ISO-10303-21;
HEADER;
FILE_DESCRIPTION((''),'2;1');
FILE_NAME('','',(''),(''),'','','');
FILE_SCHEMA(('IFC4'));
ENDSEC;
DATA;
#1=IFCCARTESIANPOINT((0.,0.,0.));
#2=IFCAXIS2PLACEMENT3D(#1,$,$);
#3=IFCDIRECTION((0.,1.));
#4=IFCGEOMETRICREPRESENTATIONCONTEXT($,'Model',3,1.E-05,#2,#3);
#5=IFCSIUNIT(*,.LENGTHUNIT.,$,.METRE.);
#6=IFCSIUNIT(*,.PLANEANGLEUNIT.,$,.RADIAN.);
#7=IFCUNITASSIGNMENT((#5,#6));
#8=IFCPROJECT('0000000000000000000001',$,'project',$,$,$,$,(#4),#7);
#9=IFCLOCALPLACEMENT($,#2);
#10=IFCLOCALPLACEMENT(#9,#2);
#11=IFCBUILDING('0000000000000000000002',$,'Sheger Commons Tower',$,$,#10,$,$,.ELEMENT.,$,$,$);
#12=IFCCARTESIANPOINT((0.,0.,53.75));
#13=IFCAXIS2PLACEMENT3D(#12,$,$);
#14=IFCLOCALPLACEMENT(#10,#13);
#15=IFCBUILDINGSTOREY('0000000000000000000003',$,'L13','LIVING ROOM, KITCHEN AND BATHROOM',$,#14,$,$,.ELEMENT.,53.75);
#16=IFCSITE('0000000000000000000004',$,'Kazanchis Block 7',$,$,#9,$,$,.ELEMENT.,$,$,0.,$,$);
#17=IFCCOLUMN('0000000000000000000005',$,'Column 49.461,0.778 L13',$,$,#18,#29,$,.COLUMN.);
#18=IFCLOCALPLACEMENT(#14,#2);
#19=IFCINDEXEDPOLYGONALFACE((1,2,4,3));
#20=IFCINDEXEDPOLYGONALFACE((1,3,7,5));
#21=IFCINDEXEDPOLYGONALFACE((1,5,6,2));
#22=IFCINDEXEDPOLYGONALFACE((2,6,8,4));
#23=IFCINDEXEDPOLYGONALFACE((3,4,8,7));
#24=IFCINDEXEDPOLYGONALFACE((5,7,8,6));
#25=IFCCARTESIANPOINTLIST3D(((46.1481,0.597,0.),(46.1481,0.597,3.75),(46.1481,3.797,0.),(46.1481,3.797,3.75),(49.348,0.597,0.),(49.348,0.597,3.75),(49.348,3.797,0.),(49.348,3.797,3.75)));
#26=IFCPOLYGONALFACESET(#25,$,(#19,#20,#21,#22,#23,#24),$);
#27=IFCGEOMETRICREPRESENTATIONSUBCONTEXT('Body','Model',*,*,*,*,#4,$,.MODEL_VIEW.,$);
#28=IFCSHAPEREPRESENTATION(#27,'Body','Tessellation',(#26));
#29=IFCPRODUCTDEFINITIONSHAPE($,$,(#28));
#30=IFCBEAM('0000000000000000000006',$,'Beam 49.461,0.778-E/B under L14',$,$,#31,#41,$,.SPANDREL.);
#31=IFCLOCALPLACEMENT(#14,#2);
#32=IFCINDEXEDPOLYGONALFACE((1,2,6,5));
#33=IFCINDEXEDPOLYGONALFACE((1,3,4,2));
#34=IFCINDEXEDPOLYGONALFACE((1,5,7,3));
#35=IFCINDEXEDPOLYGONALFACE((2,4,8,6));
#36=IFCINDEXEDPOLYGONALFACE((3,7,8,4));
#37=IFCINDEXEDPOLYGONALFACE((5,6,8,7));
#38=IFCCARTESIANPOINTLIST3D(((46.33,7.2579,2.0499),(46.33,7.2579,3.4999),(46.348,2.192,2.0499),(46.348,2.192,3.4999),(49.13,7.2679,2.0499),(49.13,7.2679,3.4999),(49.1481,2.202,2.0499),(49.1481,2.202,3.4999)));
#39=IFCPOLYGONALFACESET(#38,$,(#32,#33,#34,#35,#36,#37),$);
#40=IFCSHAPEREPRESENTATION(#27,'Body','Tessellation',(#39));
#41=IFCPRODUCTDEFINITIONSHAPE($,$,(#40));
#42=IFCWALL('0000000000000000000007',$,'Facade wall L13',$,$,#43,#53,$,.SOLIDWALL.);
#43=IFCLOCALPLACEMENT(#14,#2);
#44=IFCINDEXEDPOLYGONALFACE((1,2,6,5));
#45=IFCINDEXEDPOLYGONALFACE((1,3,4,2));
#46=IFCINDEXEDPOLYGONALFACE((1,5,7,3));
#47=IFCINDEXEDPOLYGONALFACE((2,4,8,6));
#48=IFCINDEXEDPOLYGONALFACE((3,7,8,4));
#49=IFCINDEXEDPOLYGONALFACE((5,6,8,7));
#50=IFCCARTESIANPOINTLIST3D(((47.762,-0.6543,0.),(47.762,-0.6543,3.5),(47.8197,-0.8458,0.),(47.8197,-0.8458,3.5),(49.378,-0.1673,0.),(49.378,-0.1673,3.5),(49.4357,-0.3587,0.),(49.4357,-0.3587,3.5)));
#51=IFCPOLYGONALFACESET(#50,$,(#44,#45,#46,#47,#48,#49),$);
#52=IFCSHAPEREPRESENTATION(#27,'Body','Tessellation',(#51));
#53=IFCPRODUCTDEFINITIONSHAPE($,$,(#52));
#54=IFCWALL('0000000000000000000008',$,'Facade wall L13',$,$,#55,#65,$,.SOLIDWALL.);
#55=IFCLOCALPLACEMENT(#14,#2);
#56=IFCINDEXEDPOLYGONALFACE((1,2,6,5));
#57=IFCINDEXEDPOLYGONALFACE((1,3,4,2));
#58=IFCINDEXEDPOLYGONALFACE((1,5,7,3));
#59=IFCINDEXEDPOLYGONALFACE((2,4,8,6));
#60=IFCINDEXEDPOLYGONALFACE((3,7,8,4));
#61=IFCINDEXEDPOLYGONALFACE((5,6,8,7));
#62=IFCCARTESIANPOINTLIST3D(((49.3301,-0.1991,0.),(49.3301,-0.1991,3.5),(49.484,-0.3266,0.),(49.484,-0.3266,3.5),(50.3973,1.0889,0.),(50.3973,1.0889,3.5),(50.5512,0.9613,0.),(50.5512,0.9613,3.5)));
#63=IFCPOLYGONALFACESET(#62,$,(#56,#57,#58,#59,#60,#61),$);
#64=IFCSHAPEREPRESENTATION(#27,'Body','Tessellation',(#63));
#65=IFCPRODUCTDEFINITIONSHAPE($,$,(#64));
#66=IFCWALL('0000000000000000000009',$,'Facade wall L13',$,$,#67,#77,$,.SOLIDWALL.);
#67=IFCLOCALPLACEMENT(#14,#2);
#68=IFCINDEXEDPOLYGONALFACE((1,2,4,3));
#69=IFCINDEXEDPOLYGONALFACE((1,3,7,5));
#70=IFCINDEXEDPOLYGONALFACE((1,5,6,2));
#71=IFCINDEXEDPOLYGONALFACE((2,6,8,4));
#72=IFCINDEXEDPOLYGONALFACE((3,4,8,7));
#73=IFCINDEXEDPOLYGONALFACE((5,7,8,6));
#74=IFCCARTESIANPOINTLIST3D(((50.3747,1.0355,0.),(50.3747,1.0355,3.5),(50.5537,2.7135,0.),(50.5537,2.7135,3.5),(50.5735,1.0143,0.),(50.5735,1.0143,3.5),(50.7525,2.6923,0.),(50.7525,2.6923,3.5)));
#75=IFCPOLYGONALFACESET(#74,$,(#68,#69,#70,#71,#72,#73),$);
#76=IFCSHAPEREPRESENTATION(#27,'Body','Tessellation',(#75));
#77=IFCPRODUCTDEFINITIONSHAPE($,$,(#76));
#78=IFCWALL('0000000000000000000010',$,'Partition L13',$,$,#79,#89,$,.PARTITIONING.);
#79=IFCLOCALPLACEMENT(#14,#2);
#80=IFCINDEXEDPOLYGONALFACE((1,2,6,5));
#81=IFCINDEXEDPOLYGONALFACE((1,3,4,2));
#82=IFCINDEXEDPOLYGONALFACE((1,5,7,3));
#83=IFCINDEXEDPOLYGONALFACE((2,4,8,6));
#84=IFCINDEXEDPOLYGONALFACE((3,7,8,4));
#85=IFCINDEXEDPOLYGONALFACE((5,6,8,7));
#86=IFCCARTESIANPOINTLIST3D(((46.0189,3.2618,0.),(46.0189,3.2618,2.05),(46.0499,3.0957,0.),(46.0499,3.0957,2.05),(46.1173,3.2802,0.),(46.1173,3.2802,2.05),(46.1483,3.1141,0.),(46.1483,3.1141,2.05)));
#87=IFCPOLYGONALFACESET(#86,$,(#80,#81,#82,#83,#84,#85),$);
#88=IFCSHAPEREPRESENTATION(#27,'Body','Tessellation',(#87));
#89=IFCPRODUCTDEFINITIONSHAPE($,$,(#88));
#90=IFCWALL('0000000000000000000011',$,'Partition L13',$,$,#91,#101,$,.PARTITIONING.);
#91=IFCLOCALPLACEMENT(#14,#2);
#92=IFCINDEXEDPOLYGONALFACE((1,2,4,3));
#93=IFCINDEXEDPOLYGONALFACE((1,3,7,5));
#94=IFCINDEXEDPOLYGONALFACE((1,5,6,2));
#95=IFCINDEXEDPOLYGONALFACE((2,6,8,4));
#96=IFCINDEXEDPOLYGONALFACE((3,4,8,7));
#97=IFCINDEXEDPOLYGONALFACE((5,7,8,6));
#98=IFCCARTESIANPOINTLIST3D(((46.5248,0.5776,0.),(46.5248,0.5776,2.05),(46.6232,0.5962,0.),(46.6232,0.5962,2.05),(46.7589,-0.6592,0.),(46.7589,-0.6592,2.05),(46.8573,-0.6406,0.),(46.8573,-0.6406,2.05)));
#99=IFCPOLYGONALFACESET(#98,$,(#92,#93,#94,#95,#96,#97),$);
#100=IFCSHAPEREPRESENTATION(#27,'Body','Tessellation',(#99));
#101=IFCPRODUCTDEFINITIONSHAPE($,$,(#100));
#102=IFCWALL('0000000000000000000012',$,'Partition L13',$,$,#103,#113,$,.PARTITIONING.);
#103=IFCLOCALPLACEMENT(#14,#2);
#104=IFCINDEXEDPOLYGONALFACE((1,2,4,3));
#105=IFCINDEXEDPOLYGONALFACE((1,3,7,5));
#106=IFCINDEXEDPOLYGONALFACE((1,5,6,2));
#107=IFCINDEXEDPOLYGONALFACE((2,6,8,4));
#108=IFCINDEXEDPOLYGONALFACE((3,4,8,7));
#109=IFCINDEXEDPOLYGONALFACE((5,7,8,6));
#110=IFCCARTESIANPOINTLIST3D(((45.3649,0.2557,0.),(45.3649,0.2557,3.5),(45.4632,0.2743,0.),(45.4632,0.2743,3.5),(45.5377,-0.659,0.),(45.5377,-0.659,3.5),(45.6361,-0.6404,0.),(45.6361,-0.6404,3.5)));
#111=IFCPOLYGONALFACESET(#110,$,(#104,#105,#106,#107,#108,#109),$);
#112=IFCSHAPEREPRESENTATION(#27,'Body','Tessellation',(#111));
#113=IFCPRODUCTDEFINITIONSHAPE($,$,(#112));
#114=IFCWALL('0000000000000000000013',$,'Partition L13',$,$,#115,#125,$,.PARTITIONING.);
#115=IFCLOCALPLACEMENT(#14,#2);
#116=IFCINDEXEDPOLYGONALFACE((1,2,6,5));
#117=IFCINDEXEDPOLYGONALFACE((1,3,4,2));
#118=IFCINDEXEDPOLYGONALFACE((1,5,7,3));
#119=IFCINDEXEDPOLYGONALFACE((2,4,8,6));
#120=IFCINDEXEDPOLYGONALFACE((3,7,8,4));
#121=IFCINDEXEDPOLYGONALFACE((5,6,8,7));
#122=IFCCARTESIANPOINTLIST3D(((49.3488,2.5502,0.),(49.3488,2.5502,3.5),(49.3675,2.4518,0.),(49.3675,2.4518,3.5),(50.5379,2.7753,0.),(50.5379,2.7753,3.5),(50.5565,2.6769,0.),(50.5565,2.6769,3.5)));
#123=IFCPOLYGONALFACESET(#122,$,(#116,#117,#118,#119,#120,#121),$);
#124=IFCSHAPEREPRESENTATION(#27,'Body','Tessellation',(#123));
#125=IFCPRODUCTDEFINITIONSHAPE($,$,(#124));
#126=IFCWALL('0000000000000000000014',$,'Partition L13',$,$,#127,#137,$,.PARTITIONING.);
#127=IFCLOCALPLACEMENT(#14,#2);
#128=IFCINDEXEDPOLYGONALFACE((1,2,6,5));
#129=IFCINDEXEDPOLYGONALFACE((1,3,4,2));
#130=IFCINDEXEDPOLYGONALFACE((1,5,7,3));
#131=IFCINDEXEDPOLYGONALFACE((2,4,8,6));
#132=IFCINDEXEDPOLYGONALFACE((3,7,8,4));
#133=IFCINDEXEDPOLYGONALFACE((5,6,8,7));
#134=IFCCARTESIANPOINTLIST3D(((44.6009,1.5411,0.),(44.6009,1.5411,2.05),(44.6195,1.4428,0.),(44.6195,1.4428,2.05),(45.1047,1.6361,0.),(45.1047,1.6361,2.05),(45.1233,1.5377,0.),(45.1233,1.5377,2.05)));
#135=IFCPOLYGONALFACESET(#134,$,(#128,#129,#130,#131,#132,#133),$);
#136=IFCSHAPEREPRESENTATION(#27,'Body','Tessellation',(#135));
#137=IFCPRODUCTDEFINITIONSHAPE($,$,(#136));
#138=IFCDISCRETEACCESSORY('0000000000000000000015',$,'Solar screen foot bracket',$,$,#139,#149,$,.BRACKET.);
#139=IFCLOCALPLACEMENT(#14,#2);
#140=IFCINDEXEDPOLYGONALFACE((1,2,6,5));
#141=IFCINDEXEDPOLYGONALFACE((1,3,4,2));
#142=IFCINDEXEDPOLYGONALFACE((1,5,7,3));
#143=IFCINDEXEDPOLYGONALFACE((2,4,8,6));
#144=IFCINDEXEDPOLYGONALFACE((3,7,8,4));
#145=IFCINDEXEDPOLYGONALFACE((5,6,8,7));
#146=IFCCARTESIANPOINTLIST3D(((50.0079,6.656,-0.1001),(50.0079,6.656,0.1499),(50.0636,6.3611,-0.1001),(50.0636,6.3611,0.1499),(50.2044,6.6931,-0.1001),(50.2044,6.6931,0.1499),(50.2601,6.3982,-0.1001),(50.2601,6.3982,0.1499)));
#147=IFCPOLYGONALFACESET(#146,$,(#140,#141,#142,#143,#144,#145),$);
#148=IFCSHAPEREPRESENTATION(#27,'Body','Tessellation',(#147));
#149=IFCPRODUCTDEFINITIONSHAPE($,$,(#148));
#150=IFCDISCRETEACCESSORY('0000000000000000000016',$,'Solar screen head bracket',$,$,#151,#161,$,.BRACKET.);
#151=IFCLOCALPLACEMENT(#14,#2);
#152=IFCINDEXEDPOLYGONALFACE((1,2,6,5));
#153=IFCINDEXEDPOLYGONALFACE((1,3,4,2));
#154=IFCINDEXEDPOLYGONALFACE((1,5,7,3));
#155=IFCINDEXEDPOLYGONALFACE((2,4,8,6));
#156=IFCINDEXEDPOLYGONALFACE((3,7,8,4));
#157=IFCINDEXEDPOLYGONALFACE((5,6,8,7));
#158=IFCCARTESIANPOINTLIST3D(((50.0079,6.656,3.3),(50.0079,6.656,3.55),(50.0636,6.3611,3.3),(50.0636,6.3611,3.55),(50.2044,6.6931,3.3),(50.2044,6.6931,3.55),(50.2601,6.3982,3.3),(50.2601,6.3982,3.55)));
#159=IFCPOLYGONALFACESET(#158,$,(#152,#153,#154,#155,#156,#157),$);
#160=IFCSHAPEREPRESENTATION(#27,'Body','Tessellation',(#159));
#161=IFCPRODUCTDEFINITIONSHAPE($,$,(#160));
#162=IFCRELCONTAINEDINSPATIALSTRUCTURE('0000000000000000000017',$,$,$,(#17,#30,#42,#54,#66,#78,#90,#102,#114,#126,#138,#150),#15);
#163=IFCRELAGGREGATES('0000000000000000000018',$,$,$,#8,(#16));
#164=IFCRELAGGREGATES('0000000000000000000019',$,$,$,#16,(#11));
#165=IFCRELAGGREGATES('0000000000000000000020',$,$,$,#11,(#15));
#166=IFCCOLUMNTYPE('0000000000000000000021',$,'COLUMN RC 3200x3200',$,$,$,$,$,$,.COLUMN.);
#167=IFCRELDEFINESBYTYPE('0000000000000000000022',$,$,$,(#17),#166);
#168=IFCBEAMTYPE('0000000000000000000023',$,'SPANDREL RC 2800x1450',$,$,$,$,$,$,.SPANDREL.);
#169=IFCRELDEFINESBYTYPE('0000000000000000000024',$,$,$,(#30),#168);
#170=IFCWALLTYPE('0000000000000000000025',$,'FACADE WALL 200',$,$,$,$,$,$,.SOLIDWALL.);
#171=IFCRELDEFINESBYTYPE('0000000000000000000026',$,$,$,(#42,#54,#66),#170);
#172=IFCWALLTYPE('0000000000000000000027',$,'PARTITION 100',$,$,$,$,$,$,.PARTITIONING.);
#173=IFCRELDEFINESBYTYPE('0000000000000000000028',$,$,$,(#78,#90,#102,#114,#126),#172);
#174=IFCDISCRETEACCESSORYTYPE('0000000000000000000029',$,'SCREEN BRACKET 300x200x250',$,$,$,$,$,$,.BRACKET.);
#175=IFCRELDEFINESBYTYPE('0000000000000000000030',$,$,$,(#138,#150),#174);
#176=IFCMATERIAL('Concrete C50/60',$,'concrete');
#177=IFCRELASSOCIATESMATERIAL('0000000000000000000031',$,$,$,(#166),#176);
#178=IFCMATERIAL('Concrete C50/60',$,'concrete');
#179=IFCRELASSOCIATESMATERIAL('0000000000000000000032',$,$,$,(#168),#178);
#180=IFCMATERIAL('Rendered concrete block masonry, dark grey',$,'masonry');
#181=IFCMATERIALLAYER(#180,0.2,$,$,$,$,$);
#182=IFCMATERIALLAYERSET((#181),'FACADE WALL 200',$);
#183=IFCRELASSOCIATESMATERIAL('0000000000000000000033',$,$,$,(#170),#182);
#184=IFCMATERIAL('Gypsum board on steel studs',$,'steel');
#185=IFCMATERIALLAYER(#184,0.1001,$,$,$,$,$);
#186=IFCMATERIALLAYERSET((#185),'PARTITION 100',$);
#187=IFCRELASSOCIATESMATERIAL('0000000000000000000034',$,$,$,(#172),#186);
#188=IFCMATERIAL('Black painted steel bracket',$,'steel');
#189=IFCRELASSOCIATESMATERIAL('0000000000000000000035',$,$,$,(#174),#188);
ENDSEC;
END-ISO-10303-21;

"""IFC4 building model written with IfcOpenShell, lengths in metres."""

from ifc_helpers import new_model, si_unit, direction, frame, frame_2d, origin, origin_2d, place, context, subcontext, project, spatial, rectangle, extrude, material, layer, layer_set, material_profile, profile_set, type_object, element, save


model = new_model("IFC4")

# Units and contexts
model_context = context("Model", 3, precision=1e-05, world=origin(), true_north=direction((0.0, 1.0)))
body_context = subcontext(model_context, "Body", "Model", "MODEL_VIEW")
ifc_project = project(units=[si_unit("LENGTHUNIT", "METRE"), si_unit("PLANEANGLEUNIT", "RADIAN")], contexts=[model_context])

# Site, building, storey
site_placement = place(None, origin())
site = spatial("IfcSite", under=ifc_project, at=site_placement, Name="Kazanchis Block 7", CompositionType="ELEMENT", RefElevation=0.0)
building_placement = place(site_placement, origin())
building = spatial("IfcBuilding", under=site, at=building_placement, Name="Sheger Commons Tower", CompositionType="ELEMENT")
storey_placement = place(building_placement, frame((0.0, 0.0, 53.75)))
storey = spatial("IfcBuildingStorey", under=building, at=storey_placement, Name="L13", Description="LIVING ROOM, KITCHEN AND BATHROOM", CompositionType="ELEMENT", Elevation=53.75)

# Column
ifc_material_1 = material(Name="Concrete C50/60", Category="concrete")
ifc_material_profile_1 = material_profile(ifc_material_1, rectangle(XDim=3.2, YDim=3.2, at=origin_2d()), Name="RC 3200x3200")
ifc_profile_set_1 = profile_set([ifc_material_profile_1], Name="Concrete C50/60")
column_type = type_object("IfcColumnType", Name="COLUMN RC 3200x3200", PredefinedType="COLUMN", material=ifc_profile_set_1)
column_placement = place(storey_placement, frame((47.748, 2.197, 0.0), z_axis=(0.0, 0.0, 1.0), x_axis=(1.0, 0.0, 0.0)))
element("IfcColumn", 1, at=column_placement, inside=storey, type_object=column_type, Name="Column 49.461,0.778 L13", PredefinedType="COLUMN", context=body_context, shape_type="SweptSolid", body=[
    extrude(rectangle(XDim=3.2, YDim=3.2, at=origin_2d()), origin(), (0.0, 0.0, 1.0), 3.75),
])

# Beam
ifc_material_2 = material(Name="Concrete C50/60", Category="concrete")
ifc_material_profile_2 = material_profile(ifc_material_2, rectangle(XDim=2.8, YDim=1.45, at=origin_2d()), Name="RC 2800x1450")
ifc_profile_set_2 = profile_set([ifc_material_profile_2], Name="Concrete C50/60")
beam_type = type_object("IfcBeamType", Name="SPANDREL RC 2800x1450", PredefinedType="SPANDREL", material=ifc_profile_set_2)
beam_placement = place(storey_placement, frame((47.748, 2.197, 2.7749), z_axis=(-0.003566, 0.999994, 0.0), x_axis=(-0.999994, -0.003566, 0.0)))
element("IfcBeam", 2, at=beam_placement, inside=storey, type_object=beam_type, Name="Beam 49.461,0.778-E/B under L14", PredefinedType="SPANDREL", context=body_context, shape_type="SweptSolid", body=[
    extrude(rectangle(XDim=2.8, YDim=1.45, at=origin_2d()), origin(), (0.0, 0.0, 1.0), 5.0659),
])

# Walls
ifc_material_3 = material(Name="Rendered concrete block masonry, dark grey", Category="masonry")
ifc_layer_1 = layer(ifc_material_3, 0.2)
ifc_layer_set_1 = layer_set([ifc_layer_1], Name="FACADE WALL 200")
wall_type_1 = type_object("IfcWallType", Name="FACADE WALL 200", PredefinedType="SOLIDWALL", material=ifc_layer_set_1)
wall_1_placement = place(storey_placement, frame((47.791, -0.75, 0.0), z_axis=(0.0, 0.0, 1.0), x_axis=(0.957455, 0.288582, 0.0)))
element("IfcWall", 3, at=wall_1_placement, inside=storey, type_object=wall_type_1, Name="Facade wall L13", PredefinedType="SOLIDWALL", context=body_context, shape_type="SweptSolid", body=[
    extrude(rectangle(XDim=1.6877, YDim=0.2, at=frame_2d((0.8438, 0.0))), origin(), (0.0, 0.0, 1.0), 3.5),
])
wall_2_placement = place(storey_placement, frame((49.407, -0.2629, 0.0), z_axis=(0.0, 0.0, 1.0), x_axis=(0.638043, 0.770001, 0.0)))
element("IfcWall", 4, at=wall_2_placement, inside=storey, type_object=wall_type_1, Name="Facade wall L13", PredefinedType="SOLIDWALL", context=body_context, shape_type="SweptSolid", body=[
    extrude(rectangle(XDim=1.6726, YDim=0.2, at=frame_2d((0.8364, 0.0))), origin(), (0.0, 0.0, 1.0), 3.5),
])
wall_3_placement = place(storey_placement, frame((50.4741, 1.0249, 0.0), z_axis=(0.0, 0.0, 1.0), x_axis=(0.106048, 0.994361, 0.0)))
element("IfcWall", 5, at=wall_3_placement, inside=storey, type_object=wall_type_1, Name="Facade wall L13", PredefinedType="SOLIDWALL", context=body_context, shape_type="SweptSolid", body=[
    extrude(rectangle(XDim=1.6875, YDim=0.2, at=frame_2d((0.8438, 0.0))), origin(), (0.0, 0.0, 1.0), 3.5),
])

# Walls
ifc_material_4 = material(Name="Gypsum board on steel studs", Category="steel")
ifc_layer_2 = layer(ifc_material_4, 0.1001)
ifc_layer_set_2 = layer_set([ifc_layer_2], Name="PARTITION 100")
wall_type_2 = type_object("IfcWallType", Name="PARTITION 100", PredefinedType="PARTITIONING", material=ifc_layer_set_2)
wall_4_placement = place(storey_placement, frame((46.0681, 3.271, 0.0), z_axis=(0.0, 0.0, 1.0), x_axis=(0.18359, -0.983003, 0.0)))
element("IfcWall", 6, at=wall_4_placement, inside=storey, type_object=wall_type_2, Name="Partition L13", PredefinedType="PARTITIONING", context=body_context, shape_type="SweptSolid", body=[
    extrude(rectangle(XDim=0.1689, YDim=0.1001, at=frame_2d((0.0845, 0.0))), origin(), (0.0, 0.0, 1.0), 2.05),
])
wall_5_placement = place(storey_placement, frame((46.574, 0.5869, 0.0), z_axis=(0.0, 0.0, 1.0), x_axis=(0.185998, -0.98255, 0.0)))
element("IfcWall", 7, at=wall_5_placement, inside=storey, type_object=wall_type_2, Name="Partition L13", PredefinedType="PARTITIONING", context=body_context, shape_type="SweptSolid", body=[
    extrude(rectangle(XDim=1.2588, YDim=0.1001, at=frame_2d((0.6294, 0.0))), origin(), (0.0, 0.0, 1.0), 2.05),
])
wall_6_placement = place(storey_placement, frame((45.4141, 0.2649, 0.0), z_axis=(0.0, 0.0, 1.0), x_axis=(0.185666, -0.982613, 0.0)))
element("IfcWall", 8, at=wall_6_placement, inside=storey, type_object=wall_type_2, Name="Partition L13", PredefinedType="PARTITIONING", context=body_context, shape_type="SweptSolid", body=[
    extrude(rectangle(XDim=0.9309, YDim=0.1001, at=frame_2d((0.4653, 0.0))), origin(), (0.0, 0.0, 1.0), 3.5),
])
wall_7_placement = place(storey_placement, frame((50.5471, 2.7261, 0.0), z_axis=(0.0, 0.0, 1.0), x_axis=(-0.982553, -0.185981, 0.0)))
element("IfcWall", 9, at=wall_7_placement, inside=storey, type_object=wall_type_2, Name="Partition L13", PredefinedType="PARTITIONING", context=body_context, shape_type="SweptSolid", body=[
    extrude(rectangle(XDim=1.2102, YDim=0.1001, at=frame_2d((0.605, 0.0))), origin(), (0.0, 0.0, 1.0), 3.5),
])
wall_8_placement = place(storey_placement, frame((45.114, 1.5869, 0.0), z_axis=(0.0, 0.0, 1.0), x_axis=(-0.982699, -0.185208, 0.0)))
element("IfcWall", 10, at=wall_8_placement, inside=storey, type_object=wall_type_2, Name="Partition L13", PredefinedType="PARTITIONING", context=body_context, shape_type="SweptSolid", body=[
    extrude(rectangle(XDim=0.5127, YDim=0.1001, at=frame_2d((0.2563, 0.0))), origin(), (0.0, 0.0, 1.0), 2.05),
])

# Discrete accessories
ifc_material_5 = material(Name="Black painted steel bracket", Category="steel")
discrete_accessory_type = type_object("IfcDiscreteAccessoryType", Name="SCREEN BRACKET 300x200x250", PredefinedType="BRACKET", material=ifc_material_5)
for number, where, z_axis, x_axis, name in (
    (11, (50.134, 6.5271, -0.1001), (0.0, 0.0, 1.0), (-0.185615, 0.982623, 0.0), "Solar screen foot bracket"),
    (12, (50.134, 6.5271, 3.3), (0.0, 0.0, 1.0), (-0.185615, 0.982623, 0.0), "Solar screen head bracket"),
):
    element("IfcDiscreteAccessory", number, at=place(storey_placement, frame(where, z_axis=z_axis, x_axis=x_axis)), inside=storey, type_object=discrete_accessory_type, Name=name, PredefinedType="BRACKET", context=body_context, shape_type="SweptSolid", body=[
        extrude(rectangle(XDim=0.3, YDim=0.2, at=origin_2d()), origin(), (0.0, 0.0, 1.0), 0.25),
    ])

save(model, "model.ifc")
